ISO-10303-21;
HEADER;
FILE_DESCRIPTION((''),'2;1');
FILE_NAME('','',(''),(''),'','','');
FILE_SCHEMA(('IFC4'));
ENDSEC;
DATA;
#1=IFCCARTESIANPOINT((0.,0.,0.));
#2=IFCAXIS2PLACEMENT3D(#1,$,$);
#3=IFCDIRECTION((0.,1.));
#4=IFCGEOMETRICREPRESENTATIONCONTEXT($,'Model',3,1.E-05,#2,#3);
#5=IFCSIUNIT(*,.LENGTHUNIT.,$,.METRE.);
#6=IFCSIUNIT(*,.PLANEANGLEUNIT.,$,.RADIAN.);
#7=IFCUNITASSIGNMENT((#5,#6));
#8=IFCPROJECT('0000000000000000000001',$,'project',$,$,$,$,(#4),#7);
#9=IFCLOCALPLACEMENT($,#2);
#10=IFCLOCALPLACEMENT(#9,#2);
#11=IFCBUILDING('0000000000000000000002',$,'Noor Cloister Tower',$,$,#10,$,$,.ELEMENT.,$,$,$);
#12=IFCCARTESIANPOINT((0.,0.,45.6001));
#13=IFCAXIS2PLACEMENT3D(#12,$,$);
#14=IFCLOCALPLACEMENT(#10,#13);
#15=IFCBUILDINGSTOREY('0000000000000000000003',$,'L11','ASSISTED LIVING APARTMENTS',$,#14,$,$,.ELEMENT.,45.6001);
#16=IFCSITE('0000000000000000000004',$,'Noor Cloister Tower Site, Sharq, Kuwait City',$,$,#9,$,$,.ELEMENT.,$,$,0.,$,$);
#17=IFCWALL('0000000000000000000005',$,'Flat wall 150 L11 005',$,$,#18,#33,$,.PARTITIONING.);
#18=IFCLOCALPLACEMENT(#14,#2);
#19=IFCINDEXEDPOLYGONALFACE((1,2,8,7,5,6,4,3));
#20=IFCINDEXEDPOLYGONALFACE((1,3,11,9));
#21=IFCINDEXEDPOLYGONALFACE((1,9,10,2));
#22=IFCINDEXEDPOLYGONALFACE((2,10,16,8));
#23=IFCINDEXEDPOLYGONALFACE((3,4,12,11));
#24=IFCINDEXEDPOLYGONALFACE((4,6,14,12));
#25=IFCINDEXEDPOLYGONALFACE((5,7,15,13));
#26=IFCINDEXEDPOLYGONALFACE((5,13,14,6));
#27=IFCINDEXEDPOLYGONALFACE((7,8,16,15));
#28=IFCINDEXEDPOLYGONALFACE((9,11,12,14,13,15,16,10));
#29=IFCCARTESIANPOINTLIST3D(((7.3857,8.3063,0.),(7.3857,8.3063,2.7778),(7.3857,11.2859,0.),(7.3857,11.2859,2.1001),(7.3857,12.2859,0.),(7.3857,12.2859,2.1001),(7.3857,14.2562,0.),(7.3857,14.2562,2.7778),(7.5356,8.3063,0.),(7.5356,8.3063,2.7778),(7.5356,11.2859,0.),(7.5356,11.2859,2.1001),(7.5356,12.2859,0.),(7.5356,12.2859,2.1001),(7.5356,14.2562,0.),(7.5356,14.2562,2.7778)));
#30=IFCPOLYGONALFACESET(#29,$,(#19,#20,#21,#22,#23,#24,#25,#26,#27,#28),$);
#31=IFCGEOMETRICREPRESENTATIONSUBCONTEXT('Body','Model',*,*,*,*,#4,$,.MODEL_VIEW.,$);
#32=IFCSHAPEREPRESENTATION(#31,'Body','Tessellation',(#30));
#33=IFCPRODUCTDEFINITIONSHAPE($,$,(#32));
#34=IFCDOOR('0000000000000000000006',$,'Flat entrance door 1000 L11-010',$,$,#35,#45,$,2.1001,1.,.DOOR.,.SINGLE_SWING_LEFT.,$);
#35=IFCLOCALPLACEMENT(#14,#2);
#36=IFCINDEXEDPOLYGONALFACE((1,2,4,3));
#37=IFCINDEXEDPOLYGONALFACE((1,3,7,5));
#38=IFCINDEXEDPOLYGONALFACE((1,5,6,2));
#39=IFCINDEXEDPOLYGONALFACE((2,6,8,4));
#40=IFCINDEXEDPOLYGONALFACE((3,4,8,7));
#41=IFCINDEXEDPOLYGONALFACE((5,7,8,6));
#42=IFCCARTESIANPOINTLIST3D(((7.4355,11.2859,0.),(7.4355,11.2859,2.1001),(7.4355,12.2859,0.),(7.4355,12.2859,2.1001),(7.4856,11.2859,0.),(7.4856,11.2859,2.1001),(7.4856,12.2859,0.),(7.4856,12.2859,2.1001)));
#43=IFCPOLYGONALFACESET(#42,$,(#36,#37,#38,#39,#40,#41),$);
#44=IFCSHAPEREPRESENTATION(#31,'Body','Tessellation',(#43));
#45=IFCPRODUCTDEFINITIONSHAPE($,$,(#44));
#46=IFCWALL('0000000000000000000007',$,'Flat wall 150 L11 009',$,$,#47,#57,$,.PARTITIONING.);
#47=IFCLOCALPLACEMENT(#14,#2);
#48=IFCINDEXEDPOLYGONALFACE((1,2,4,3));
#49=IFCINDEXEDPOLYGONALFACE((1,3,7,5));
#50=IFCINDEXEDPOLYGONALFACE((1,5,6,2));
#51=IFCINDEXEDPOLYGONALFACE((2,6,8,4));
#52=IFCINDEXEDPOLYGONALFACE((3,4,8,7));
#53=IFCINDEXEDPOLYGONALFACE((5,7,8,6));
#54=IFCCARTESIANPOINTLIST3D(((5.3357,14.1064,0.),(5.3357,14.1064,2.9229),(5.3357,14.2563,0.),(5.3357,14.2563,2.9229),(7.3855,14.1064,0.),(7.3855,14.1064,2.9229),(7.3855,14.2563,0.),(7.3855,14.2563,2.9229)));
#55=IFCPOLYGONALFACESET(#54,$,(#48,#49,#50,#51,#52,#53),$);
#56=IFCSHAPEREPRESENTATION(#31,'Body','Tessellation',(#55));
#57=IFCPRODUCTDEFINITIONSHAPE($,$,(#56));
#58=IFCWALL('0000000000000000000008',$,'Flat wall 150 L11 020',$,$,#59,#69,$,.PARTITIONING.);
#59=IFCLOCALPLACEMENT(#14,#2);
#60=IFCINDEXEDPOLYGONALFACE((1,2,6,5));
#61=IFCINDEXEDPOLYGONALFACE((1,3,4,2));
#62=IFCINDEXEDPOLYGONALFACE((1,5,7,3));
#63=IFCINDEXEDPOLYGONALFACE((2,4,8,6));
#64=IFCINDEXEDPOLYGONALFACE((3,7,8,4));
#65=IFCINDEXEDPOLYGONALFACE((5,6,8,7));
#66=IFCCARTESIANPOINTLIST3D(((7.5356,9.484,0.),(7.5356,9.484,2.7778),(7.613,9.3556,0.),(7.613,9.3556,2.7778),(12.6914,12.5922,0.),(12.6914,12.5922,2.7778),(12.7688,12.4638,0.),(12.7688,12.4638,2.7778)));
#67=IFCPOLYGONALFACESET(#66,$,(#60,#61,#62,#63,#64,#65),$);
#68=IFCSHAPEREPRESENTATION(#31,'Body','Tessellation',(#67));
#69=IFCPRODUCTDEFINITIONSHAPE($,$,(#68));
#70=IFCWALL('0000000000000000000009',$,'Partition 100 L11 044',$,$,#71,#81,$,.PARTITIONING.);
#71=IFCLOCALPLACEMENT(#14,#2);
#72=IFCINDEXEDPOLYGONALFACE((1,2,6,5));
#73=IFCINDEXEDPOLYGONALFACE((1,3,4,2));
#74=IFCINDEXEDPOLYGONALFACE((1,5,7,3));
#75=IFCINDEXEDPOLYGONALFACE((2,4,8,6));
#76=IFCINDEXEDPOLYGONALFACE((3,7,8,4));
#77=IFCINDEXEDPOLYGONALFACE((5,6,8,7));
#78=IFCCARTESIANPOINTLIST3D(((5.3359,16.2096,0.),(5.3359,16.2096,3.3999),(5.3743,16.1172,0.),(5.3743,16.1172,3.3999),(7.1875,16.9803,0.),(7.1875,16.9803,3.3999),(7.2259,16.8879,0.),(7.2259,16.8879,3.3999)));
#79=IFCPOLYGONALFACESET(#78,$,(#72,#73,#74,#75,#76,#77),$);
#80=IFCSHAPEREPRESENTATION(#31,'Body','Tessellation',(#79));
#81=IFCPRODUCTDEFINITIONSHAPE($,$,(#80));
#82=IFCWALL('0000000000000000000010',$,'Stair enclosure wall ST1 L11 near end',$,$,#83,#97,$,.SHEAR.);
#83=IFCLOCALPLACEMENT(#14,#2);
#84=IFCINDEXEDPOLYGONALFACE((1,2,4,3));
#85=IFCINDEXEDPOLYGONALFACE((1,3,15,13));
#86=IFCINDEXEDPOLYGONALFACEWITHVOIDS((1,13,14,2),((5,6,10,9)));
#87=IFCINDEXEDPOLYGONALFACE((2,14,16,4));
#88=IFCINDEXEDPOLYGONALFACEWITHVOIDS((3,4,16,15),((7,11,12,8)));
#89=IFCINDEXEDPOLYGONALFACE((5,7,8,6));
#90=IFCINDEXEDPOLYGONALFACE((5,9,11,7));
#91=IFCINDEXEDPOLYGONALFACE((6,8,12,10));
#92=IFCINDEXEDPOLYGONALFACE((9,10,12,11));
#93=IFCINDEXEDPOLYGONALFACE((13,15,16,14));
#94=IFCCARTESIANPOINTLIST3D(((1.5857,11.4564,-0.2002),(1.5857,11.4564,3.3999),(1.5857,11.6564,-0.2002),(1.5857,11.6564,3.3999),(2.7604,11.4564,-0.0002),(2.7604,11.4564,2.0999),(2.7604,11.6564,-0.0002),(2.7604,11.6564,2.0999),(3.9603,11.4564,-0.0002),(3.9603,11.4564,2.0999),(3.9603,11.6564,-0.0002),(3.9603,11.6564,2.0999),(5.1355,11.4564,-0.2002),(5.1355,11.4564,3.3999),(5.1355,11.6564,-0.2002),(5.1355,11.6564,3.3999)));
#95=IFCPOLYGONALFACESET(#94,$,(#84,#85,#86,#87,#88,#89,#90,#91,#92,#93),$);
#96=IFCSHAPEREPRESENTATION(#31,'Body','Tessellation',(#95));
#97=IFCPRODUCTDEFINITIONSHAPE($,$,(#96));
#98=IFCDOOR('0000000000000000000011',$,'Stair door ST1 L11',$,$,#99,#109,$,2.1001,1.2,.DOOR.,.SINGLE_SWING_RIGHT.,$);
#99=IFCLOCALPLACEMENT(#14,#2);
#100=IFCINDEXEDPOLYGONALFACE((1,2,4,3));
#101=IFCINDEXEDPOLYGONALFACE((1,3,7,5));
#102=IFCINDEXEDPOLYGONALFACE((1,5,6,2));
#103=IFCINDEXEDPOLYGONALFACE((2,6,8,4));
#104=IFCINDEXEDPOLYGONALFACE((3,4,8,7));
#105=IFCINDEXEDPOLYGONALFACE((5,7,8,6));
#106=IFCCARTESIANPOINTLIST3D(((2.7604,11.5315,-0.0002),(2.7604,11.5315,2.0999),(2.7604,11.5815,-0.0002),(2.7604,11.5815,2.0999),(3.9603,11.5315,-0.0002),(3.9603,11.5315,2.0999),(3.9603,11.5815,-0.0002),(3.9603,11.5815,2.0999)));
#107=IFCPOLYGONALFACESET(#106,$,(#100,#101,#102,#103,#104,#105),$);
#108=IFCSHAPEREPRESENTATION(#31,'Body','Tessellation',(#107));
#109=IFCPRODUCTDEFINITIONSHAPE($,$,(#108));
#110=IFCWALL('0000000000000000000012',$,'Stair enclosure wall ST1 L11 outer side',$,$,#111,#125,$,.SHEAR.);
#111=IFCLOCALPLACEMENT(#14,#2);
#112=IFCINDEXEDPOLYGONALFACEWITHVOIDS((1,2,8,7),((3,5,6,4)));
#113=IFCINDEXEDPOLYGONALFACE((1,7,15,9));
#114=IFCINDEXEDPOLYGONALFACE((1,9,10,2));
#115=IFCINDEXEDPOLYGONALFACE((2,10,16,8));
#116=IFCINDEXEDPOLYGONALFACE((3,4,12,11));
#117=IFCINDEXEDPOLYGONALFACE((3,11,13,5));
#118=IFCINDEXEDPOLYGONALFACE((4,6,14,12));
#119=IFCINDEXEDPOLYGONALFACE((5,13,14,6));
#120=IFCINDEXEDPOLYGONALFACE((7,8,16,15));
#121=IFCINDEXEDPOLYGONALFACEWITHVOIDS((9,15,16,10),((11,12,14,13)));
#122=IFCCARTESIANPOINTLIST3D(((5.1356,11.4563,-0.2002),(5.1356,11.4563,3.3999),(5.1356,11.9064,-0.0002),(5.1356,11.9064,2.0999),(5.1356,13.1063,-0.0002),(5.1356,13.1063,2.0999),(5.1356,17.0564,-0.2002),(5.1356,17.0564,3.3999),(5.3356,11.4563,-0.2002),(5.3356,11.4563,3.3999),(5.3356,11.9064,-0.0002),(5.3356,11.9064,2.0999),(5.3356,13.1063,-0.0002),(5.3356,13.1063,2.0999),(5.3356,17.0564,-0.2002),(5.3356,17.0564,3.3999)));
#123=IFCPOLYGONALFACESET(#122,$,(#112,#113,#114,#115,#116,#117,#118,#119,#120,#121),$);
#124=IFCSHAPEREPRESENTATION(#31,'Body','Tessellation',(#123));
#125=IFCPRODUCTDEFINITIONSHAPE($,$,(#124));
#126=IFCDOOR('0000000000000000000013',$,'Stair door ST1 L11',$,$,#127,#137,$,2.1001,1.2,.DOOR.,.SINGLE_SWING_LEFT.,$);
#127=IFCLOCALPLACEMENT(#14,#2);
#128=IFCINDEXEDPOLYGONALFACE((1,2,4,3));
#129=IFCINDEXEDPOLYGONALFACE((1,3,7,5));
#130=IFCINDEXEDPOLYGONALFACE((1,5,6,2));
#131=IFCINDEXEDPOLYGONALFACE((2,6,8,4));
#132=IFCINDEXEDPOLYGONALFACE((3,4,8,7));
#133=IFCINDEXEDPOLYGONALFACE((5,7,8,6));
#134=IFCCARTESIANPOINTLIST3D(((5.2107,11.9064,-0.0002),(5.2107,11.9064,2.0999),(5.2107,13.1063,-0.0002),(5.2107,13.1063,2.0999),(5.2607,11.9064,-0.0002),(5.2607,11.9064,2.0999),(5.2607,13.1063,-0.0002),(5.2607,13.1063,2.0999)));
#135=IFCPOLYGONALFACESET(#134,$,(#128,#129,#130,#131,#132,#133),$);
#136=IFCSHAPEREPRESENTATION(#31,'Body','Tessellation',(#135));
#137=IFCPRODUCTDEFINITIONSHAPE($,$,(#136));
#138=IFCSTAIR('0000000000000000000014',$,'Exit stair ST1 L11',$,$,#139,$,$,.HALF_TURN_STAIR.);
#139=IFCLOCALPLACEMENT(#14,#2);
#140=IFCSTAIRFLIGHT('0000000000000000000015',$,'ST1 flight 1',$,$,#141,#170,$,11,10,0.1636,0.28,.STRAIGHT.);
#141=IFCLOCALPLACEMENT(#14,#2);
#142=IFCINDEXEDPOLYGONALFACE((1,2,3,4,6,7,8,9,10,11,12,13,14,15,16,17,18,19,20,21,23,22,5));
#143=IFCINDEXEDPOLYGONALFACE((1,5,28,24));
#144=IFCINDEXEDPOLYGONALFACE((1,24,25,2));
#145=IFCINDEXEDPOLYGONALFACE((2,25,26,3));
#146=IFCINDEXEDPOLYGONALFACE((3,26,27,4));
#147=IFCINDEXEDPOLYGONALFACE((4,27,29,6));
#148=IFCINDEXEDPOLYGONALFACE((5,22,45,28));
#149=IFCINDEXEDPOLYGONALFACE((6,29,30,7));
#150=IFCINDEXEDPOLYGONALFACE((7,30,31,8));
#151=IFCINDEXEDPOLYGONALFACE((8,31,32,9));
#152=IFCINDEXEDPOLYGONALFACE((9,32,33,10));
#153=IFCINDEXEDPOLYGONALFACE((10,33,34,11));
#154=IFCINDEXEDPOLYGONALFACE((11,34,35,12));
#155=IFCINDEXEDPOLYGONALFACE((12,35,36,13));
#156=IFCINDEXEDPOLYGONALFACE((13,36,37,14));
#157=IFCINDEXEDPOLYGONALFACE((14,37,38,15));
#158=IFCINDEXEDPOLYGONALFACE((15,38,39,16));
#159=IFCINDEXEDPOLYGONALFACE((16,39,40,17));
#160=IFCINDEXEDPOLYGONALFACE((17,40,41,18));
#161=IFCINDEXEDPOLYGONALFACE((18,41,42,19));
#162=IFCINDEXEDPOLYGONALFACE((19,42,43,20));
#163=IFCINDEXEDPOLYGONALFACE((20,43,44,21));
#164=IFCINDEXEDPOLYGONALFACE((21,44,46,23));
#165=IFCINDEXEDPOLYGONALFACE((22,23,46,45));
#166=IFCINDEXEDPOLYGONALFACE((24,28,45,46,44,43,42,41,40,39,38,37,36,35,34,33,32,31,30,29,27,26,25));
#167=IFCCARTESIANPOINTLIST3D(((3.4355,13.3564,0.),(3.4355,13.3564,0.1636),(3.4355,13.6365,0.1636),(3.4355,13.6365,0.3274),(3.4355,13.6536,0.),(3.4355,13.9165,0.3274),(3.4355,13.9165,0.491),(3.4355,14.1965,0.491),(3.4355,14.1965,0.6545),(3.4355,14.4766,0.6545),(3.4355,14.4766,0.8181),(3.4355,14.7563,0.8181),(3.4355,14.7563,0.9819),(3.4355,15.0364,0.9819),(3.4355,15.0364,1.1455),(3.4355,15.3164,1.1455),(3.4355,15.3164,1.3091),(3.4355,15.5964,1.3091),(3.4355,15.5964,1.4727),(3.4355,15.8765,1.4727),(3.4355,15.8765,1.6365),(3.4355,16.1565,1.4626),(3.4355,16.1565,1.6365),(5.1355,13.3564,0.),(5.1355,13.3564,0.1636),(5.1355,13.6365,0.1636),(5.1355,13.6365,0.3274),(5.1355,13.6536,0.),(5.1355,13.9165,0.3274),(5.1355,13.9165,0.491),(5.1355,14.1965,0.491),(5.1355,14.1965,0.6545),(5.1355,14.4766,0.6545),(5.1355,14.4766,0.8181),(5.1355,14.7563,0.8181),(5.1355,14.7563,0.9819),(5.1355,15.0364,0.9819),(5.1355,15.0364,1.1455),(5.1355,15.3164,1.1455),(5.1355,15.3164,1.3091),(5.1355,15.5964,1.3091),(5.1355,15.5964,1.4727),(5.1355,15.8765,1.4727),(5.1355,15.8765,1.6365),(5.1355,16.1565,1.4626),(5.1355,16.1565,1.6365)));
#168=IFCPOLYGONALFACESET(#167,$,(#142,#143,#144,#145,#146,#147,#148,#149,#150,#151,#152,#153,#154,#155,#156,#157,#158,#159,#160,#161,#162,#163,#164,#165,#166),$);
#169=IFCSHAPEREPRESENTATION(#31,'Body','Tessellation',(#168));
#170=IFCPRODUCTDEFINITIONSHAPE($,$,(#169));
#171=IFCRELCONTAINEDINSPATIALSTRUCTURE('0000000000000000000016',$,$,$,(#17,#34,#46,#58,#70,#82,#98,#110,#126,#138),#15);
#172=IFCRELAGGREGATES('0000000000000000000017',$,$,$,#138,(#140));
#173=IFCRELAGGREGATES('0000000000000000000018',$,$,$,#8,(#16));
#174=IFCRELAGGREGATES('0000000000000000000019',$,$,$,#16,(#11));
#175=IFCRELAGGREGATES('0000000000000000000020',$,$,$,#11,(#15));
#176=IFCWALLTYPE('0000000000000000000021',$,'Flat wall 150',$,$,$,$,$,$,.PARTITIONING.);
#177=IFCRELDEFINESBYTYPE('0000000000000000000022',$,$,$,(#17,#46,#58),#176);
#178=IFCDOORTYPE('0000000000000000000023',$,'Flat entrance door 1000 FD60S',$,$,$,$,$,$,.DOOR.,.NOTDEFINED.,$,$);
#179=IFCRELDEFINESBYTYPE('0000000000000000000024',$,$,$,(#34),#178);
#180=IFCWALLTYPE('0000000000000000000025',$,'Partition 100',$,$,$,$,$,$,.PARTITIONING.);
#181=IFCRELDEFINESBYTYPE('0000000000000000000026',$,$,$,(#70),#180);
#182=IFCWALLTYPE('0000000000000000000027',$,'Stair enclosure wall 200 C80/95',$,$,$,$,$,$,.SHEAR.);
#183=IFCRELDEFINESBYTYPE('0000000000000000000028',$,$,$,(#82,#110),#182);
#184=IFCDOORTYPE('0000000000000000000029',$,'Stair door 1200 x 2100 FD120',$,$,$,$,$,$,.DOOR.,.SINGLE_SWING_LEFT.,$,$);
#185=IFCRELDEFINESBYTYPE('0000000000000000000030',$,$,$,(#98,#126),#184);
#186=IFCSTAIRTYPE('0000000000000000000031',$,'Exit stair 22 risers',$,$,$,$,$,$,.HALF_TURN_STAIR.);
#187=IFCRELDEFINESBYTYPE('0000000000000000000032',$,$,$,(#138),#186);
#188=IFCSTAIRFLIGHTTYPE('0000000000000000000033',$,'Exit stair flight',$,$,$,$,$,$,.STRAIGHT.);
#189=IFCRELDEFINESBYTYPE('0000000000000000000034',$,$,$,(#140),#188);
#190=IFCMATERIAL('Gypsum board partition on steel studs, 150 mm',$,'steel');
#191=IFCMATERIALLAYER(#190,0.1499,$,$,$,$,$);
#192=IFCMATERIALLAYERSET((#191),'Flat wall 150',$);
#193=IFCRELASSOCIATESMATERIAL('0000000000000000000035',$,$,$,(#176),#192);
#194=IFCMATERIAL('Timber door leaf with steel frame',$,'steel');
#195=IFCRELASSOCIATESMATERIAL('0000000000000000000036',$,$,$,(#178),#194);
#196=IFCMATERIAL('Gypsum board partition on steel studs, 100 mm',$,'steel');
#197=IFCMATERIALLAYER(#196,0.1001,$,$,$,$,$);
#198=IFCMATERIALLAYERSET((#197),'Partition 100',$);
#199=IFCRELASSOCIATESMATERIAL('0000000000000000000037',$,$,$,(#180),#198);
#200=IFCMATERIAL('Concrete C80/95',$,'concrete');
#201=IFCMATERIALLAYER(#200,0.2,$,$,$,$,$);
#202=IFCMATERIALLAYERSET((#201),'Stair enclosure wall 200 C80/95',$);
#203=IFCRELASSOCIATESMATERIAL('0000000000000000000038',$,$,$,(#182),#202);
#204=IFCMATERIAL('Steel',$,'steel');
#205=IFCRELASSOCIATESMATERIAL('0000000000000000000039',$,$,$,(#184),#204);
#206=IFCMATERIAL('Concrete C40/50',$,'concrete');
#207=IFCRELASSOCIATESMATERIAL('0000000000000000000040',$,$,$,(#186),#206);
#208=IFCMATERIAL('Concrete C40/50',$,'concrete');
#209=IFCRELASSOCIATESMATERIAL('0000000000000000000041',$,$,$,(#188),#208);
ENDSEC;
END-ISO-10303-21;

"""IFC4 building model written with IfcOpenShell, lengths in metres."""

from ifc_helpers import new_model, si_unit, direction, frame, frame_2d, origin, place, context, subcontext, project, spatial, polyline, rectangle, outline, extrude, material, layer, layer_set, type_object, element, fill, aggregate, save


model = new_model("IFC4")

# Units and contexts
model_context = context("Model", 3, precision=1e-05, world=origin(), true_north=direction((0.0, 1.0)))
body_context = subcontext(model_context, "Body", "Model", "MODEL_VIEW")
ifc_project = project(units=[si_unit("LENGTHUNIT", "METRE"), si_unit("PLANEANGLEUNIT", "RADIAN")], contexts=[model_context])

# Site, building, storey
site_placement = place(None, origin())
site = spatial("IfcSite", under=ifc_project, at=site_placement, Name="Noor Cloister Tower Site, Sharq, Kuwait City", CompositionType="ELEMENT", RefElevation=0.0)
building_placement = place(site_placement, origin())
building = spatial("IfcBuilding", under=site, at=building_placement, Name="Noor Cloister Tower", CompositionType="ELEMENT")
storey_placement = place(building_placement, frame((0.0, 0.0, 45.6001)))
storey = spatial("IfcBuildingStorey", under=building, at=storey_placement, Name="L11", Description="ASSISTED LIVING APARTMENTS", CompositionType="ELEMENT", Elevation=45.6001)

# Wall, opening, door
ifc_material_1 = material(Name="Gypsum board partition on steel studs, 150 mm", Category="steel")
ifc_layer_1 = layer(ifc_material_1, 0.1499)
ifc_layer_set_1 = layer_set([ifc_layer_1], Name="Flat wall 150")
wall_type_1 = type_object("IfcWallType", Name="Flat wall 150", PredefinedType="PARTITIONING", material=ifc_layer_set_1)
wall_1_placement = place(storey_placement, frame((7.4607, 14.2563, 0.0), z_axis=(0.0, 0.0, 1.0), x_axis=(0.0, -1.0, 0.0)))
wall_1 = element("IfcWall", 1, at=wall_1_placement, inside=storey, type_object=wall_type_1, Name="Flat wall 150 L11 005", PredefinedType="PARTITIONING", context=body_context, shape_type="SweptSolid", body=[
    extrude(rectangle(XDim=5.95, YDim=0.1499, at=frame_2d((2.9751, 0.0))), origin(), (0.0, 0.0, 1.0), 2.7778),
])
opening_1_placement = place(wall_1_placement, frame((1.9705, 0.0, 0.0)))
opening_1 = element("IfcOpeningElement", 2, at=opening_1_placement, cuts=wall_1, PredefinedType="OPENING", context=body_context, shape_type="SweptSolid", body=[
    extrude(rectangle(XDim=1.0, YDim=2.1001, at=frame_2d((0.5, 1.05))), frame((0.0, 0.085, 0.0), z_axis=(0.0, -1.0, 0.0), x_axis=(1.0, 0.0, 0.0)), (0.0, 0.0, 1.0), 0.1699),
])
ifc_material_2 = material(Name="Timber door leaf with steel frame", Category="steel")
door_type_1 = type_object("IfcDoorType", Name="Flat entrance door 1000 FD60S", OperationType="NOTDEFINED", PredefinedType="DOOR", material=ifc_material_2)
door_1_placement = place(opening_1_placement, origin())
door_1 = element("IfcDoor", 3, at=door_1_placement, inside=storey, type_object=door_type_1, Name="Flat entrance door 1000 L11-010", OperationType="SINGLE_SWING_LEFT", OverallHeight=2.1001, OverallWidth=1.0, PredefinedType="DOOR", context=body_context, shape_type="SweptSolid", body=[
    extrude(rectangle(XDim=1.0, YDim=2.1001, at=frame_2d((0.5, 1.05))), frame((0.0, 0.0249, 0.0), z_axis=(0.0, -1.0, 0.0), x_axis=(1.0, 0.0, 0.0)), (0.0, 0.0, 1.0), 0.05),
])
fill(opening_1, door_1)

# Walls
wall_2_placement = place(storey_placement, frame((5.3357, 14.1814, 0.0), z_axis=(0.0, 0.0, 1.0), x_axis=(1.0, 0.0, 0.0)))
element("IfcWall", 4, at=wall_2_placement, inside=storey, type_object=wall_type_1, Name="Flat wall 150 L11 009", PredefinedType="PARTITIONING", context=body_context, shape_type="SweptSolid", body=[
    extrude(rectangle(XDim=2.0498, YDim=0.1499, at=frame_2d((1.0249, 0.0))), origin(), (0.0, 0.0, 1.0), 2.9229),
])
wall_3_placement = place(storey_placement, frame((12.7302, 12.5281, 0.0), z_axis=(0.0, 0.0, 1.0), x_axis=(-0.856414, -0.51629, 0.0)))
element("IfcWall", 5, at=wall_3_placement, inside=storey, type_object=wall_type_1, Name="Flat wall 150 L11 020", PredefinedType="PARTITIONING", context=body_context, shape_type="SweptSolid", body=[
    extrude(rectangle(XDim=6.0203, YDim=0.1499, at=frame_2d((3.0103, 0.0))), origin(), (0.0, 0.0, 1.0), 2.7778),
])
ifc_material_3 = material(Name="Gypsum board partition on steel studs, 100 mm", Category="steel")
ifc_layer_2 = layer(ifc_material_3, 0.1001)
ifc_layer_set_2 = layer_set([ifc_layer_2], Name="Partition 100")
wall_type_2 = type_object("IfcWallType", Name="Partition 100", PredefinedType="PARTITIONING", material=ifc_layer_set_2)
wall_4_placement = place(storey_placement, frame((5.355, 16.1633, 0.0), z_axis=(0.0, 0.0, 1.0), x_axis=(0.923207, 0.384304, 0.0)))
element("IfcWall", 6, at=wall_4_placement, inside=storey, type_object=wall_type_2, Name="Partition 100 L11 044", PredefinedType="PARTITIONING", context=body_context, shape_type="SweptSolid", body=[
    extrude(rectangle(XDim=2.0056, YDim=0.1001, at=frame_2d((1.0029, 0.0))), origin(), (0.0, 0.0, 1.0), 3.3999),
])

# Walls, openings, doors
ifc_material_4 = material(Name="Concrete C80/95", Category="concrete")
ifc_layer_3 = layer(ifc_material_4, 0.2)
ifc_layer_set_3 = layer_set([ifc_layer_3], Name="Stair enclosure wall 200 C80/95")
wall_type_3 = type_object("IfcWallType", Name="Stair enclosure wall 200 C80/95", PredefinedType="SHEAR", material=ifc_layer_set_3)
wall_5_placement = place(storey_placement, frame((5.1355, 11.5564, -0.2002), z_axis=(0.0, 0.0, 1.0), x_axis=(-1.0, 0.0, 0.0)))
wall_5 = element("IfcWall", 7, at=wall_5_placement, inside=storey, type_object=wall_type_3, Name="Stair enclosure wall ST1 L11 near end", PredefinedType="SHEAR", context=body_context, shape_type="SweptSolid", body=[
    extrude(rectangle(XDim=3.5498, YDim=0.2, at=frame_2d((1.7749, 0.0))), origin(), (0.0, 0.0, 1.0), 3.6001),
])
opening_2_placement = place(wall_5_placement, frame((1.175, 0.0, 0.2)))
opening_2 = element("IfcOpeningElement", 8, at=opening_2_placement, cuts=wall_5, PredefinedType="OPENING", context=body_context, shape_type="SweptSolid", body=[
    extrude(rectangle(XDim=1.2, YDim=2.1001, at=frame_2d((0.6001, 1.05))), frame((0.0, 0.1099, 0.0), z_axis=(0.0, -1.0, 0.0), x_axis=(1.0, 0.0, 0.0)), (0.0, 0.0, 1.0), 0.22),
])
ifc_material_5 = material(Name="Steel", Category="steel")
door_type_2 = type_object("IfcDoorType", Name="Stair door 1200 x 2100 FD120", OperationType="SINGLE_SWING_LEFT", PredefinedType="DOOR", material=ifc_material_5)
door_2_placement = place(opening_2_placement, origin())
door_2 = element("IfcDoor", 9, at=door_2_placement, inside=storey, type_object=door_type_2, Name="Stair door ST1 L11", OperationType="SINGLE_SWING_RIGHT", OverallHeight=2.1001, OverallWidth=1.2, PredefinedType="DOOR", context=body_context, shape_type="SweptSolid", body=[
    extrude(rectangle(XDim=1.2, YDim=2.1001, at=frame_2d((0.6001, 1.05))), frame((0.0, 0.0249, 0.0), z_axis=(0.0, -1.0, 0.0), x_axis=(1.0, 0.0, 0.0)), (0.0, 0.0, 1.0), 0.05),
])
fill(opening_2, door_2)
wall_6_placement = place(storey_placement, frame((5.2356, 11.4563, -0.2002), z_axis=(0.0, 0.0, 1.0), x_axis=(0.0, 1.0, 0.0)))
wall_6 = element("IfcWall", 10, at=wall_6_placement, inside=storey, type_object=wall_type_3, Name="Stair enclosure wall ST1 L11 outer side", PredefinedType="SHEAR", context=body_context, shape_type="SweptSolid", body=[
    extrude(rectangle(XDim=5.6001, YDim=0.2, at=frame_2d((2.8, 0.0))), origin(), (0.0, 0.0, 1.0), 3.6001),
])
opening_3_placement = place(wall_6_placement, frame((0.45, 0.0, 0.2)))
opening_3 = element("IfcOpeningElement", 11, at=opening_3_placement, cuts=wall_6, PredefinedType="OPENING", context=body_context, shape_type="SweptSolid", body=[
    extrude(rectangle(XDim=1.2, YDim=2.1001, at=frame_2d((0.6001, 1.05))), frame((0.0, 0.1099, 0.0), z_axis=(0.0, -1.0, 0.0), x_axis=(1.0, 0.0, 0.0)), (0.0, 0.0, 1.0), 0.22),
])
door_3_placement = place(opening_3_placement, origin())
door_3 = element("IfcDoor", 12, at=door_3_placement, inside=storey, type_object=door_type_2, Name="Stair door ST1 L11", OperationType="SINGLE_SWING_LEFT", OverallHeight=2.1001, OverallWidth=1.2, PredefinedType="DOOR", context=body_context, shape_type="SweptSolid", body=[
    extrude(rectangle(XDim=1.2, YDim=2.1001, at=frame_2d((0.6001, 1.05))), frame((0.0, 0.0249, 0.0), z_axis=(0.0, -1.0, 0.0), x_axis=(1.0, 0.0, 0.0)), (0.0, 0.0, 1.0), 0.05),
])
fill(opening_3, door_3)

# Stair, stair flight
ifc_material_6 = material(Name="Concrete C40/50", Category="concrete")
stair_type = type_object("IfcStairType", Name="Exit stair 22 risers", PredefinedType="HALF_TURN_STAIR", material=ifc_material_6)
stair_placement = place(storey_placement, origin())
stair = element("IfcStair", 13, at=stair_placement, inside=storey, type_object=stair_type, Name="Exit stair ST1 L11", PredefinedType="HALF_TURN_STAIR")
ifc_material_7 = material(Name="Concrete C40/50", Category="concrete")
stair_flight_type = type_object("IfcStairFlightType", Name="Exit stair flight", PredefinedType="STRAIGHT", material=ifc_material_7)
stair_flight_1_placement = place(storey_placement, frame((4.2856, 13.3564, 0.0), z_axis=(0.0, 0.0, 1.0), x_axis=(0.0, 1.0, 0.0)))
stair_flight_1 = element("IfcStairFlight", 14, at=stair_flight_1_placement, type_object=stair_flight_type, Name="ST1 flight 1", NumberOfRisers=11, NumberOfTreads=10, PredefinedType="STRAIGHT", RiserHeight=0.1636, TreadLength=0.28, context=body_context, shape_type="SweptSolid", body=[
    extrude(outline(polyline([(0.0, 0.0), (0.0, 0.1636), (0.28, 0.1636), (0.28, 0.3274), (0.5601, 0.3274), (0.5601, 0.491), (0.8401, 0.491), (0.8401, 0.6545), (1.1201, 0.6545), (1.1201, 0.8181), (1.3999, 0.8181), (1.3999, 0.9819), (1.6799, 0.9819), (1.6799, 1.1455), (1.96, 1.1455), (1.96, 1.3091), (2.24, 1.3091), (2.24, 1.4727), (2.52, 1.4727), (2.52, 1.6365), (2.8, 1.6365), (2.8, 1.8), (2.8, 1.4626), (0.2971, 0.0), (0.0, 0.0)])), frame((0.0, 0.8501, 0.0), z_axis=(0.0, -1.0, 0.0), x_axis=(1.0, 0.0, 0.0)), (0.0, 0.0, 1.0), 1.7),
])
aggregate(stair, [stair_flight_1])

save(model, "model.ifc")
